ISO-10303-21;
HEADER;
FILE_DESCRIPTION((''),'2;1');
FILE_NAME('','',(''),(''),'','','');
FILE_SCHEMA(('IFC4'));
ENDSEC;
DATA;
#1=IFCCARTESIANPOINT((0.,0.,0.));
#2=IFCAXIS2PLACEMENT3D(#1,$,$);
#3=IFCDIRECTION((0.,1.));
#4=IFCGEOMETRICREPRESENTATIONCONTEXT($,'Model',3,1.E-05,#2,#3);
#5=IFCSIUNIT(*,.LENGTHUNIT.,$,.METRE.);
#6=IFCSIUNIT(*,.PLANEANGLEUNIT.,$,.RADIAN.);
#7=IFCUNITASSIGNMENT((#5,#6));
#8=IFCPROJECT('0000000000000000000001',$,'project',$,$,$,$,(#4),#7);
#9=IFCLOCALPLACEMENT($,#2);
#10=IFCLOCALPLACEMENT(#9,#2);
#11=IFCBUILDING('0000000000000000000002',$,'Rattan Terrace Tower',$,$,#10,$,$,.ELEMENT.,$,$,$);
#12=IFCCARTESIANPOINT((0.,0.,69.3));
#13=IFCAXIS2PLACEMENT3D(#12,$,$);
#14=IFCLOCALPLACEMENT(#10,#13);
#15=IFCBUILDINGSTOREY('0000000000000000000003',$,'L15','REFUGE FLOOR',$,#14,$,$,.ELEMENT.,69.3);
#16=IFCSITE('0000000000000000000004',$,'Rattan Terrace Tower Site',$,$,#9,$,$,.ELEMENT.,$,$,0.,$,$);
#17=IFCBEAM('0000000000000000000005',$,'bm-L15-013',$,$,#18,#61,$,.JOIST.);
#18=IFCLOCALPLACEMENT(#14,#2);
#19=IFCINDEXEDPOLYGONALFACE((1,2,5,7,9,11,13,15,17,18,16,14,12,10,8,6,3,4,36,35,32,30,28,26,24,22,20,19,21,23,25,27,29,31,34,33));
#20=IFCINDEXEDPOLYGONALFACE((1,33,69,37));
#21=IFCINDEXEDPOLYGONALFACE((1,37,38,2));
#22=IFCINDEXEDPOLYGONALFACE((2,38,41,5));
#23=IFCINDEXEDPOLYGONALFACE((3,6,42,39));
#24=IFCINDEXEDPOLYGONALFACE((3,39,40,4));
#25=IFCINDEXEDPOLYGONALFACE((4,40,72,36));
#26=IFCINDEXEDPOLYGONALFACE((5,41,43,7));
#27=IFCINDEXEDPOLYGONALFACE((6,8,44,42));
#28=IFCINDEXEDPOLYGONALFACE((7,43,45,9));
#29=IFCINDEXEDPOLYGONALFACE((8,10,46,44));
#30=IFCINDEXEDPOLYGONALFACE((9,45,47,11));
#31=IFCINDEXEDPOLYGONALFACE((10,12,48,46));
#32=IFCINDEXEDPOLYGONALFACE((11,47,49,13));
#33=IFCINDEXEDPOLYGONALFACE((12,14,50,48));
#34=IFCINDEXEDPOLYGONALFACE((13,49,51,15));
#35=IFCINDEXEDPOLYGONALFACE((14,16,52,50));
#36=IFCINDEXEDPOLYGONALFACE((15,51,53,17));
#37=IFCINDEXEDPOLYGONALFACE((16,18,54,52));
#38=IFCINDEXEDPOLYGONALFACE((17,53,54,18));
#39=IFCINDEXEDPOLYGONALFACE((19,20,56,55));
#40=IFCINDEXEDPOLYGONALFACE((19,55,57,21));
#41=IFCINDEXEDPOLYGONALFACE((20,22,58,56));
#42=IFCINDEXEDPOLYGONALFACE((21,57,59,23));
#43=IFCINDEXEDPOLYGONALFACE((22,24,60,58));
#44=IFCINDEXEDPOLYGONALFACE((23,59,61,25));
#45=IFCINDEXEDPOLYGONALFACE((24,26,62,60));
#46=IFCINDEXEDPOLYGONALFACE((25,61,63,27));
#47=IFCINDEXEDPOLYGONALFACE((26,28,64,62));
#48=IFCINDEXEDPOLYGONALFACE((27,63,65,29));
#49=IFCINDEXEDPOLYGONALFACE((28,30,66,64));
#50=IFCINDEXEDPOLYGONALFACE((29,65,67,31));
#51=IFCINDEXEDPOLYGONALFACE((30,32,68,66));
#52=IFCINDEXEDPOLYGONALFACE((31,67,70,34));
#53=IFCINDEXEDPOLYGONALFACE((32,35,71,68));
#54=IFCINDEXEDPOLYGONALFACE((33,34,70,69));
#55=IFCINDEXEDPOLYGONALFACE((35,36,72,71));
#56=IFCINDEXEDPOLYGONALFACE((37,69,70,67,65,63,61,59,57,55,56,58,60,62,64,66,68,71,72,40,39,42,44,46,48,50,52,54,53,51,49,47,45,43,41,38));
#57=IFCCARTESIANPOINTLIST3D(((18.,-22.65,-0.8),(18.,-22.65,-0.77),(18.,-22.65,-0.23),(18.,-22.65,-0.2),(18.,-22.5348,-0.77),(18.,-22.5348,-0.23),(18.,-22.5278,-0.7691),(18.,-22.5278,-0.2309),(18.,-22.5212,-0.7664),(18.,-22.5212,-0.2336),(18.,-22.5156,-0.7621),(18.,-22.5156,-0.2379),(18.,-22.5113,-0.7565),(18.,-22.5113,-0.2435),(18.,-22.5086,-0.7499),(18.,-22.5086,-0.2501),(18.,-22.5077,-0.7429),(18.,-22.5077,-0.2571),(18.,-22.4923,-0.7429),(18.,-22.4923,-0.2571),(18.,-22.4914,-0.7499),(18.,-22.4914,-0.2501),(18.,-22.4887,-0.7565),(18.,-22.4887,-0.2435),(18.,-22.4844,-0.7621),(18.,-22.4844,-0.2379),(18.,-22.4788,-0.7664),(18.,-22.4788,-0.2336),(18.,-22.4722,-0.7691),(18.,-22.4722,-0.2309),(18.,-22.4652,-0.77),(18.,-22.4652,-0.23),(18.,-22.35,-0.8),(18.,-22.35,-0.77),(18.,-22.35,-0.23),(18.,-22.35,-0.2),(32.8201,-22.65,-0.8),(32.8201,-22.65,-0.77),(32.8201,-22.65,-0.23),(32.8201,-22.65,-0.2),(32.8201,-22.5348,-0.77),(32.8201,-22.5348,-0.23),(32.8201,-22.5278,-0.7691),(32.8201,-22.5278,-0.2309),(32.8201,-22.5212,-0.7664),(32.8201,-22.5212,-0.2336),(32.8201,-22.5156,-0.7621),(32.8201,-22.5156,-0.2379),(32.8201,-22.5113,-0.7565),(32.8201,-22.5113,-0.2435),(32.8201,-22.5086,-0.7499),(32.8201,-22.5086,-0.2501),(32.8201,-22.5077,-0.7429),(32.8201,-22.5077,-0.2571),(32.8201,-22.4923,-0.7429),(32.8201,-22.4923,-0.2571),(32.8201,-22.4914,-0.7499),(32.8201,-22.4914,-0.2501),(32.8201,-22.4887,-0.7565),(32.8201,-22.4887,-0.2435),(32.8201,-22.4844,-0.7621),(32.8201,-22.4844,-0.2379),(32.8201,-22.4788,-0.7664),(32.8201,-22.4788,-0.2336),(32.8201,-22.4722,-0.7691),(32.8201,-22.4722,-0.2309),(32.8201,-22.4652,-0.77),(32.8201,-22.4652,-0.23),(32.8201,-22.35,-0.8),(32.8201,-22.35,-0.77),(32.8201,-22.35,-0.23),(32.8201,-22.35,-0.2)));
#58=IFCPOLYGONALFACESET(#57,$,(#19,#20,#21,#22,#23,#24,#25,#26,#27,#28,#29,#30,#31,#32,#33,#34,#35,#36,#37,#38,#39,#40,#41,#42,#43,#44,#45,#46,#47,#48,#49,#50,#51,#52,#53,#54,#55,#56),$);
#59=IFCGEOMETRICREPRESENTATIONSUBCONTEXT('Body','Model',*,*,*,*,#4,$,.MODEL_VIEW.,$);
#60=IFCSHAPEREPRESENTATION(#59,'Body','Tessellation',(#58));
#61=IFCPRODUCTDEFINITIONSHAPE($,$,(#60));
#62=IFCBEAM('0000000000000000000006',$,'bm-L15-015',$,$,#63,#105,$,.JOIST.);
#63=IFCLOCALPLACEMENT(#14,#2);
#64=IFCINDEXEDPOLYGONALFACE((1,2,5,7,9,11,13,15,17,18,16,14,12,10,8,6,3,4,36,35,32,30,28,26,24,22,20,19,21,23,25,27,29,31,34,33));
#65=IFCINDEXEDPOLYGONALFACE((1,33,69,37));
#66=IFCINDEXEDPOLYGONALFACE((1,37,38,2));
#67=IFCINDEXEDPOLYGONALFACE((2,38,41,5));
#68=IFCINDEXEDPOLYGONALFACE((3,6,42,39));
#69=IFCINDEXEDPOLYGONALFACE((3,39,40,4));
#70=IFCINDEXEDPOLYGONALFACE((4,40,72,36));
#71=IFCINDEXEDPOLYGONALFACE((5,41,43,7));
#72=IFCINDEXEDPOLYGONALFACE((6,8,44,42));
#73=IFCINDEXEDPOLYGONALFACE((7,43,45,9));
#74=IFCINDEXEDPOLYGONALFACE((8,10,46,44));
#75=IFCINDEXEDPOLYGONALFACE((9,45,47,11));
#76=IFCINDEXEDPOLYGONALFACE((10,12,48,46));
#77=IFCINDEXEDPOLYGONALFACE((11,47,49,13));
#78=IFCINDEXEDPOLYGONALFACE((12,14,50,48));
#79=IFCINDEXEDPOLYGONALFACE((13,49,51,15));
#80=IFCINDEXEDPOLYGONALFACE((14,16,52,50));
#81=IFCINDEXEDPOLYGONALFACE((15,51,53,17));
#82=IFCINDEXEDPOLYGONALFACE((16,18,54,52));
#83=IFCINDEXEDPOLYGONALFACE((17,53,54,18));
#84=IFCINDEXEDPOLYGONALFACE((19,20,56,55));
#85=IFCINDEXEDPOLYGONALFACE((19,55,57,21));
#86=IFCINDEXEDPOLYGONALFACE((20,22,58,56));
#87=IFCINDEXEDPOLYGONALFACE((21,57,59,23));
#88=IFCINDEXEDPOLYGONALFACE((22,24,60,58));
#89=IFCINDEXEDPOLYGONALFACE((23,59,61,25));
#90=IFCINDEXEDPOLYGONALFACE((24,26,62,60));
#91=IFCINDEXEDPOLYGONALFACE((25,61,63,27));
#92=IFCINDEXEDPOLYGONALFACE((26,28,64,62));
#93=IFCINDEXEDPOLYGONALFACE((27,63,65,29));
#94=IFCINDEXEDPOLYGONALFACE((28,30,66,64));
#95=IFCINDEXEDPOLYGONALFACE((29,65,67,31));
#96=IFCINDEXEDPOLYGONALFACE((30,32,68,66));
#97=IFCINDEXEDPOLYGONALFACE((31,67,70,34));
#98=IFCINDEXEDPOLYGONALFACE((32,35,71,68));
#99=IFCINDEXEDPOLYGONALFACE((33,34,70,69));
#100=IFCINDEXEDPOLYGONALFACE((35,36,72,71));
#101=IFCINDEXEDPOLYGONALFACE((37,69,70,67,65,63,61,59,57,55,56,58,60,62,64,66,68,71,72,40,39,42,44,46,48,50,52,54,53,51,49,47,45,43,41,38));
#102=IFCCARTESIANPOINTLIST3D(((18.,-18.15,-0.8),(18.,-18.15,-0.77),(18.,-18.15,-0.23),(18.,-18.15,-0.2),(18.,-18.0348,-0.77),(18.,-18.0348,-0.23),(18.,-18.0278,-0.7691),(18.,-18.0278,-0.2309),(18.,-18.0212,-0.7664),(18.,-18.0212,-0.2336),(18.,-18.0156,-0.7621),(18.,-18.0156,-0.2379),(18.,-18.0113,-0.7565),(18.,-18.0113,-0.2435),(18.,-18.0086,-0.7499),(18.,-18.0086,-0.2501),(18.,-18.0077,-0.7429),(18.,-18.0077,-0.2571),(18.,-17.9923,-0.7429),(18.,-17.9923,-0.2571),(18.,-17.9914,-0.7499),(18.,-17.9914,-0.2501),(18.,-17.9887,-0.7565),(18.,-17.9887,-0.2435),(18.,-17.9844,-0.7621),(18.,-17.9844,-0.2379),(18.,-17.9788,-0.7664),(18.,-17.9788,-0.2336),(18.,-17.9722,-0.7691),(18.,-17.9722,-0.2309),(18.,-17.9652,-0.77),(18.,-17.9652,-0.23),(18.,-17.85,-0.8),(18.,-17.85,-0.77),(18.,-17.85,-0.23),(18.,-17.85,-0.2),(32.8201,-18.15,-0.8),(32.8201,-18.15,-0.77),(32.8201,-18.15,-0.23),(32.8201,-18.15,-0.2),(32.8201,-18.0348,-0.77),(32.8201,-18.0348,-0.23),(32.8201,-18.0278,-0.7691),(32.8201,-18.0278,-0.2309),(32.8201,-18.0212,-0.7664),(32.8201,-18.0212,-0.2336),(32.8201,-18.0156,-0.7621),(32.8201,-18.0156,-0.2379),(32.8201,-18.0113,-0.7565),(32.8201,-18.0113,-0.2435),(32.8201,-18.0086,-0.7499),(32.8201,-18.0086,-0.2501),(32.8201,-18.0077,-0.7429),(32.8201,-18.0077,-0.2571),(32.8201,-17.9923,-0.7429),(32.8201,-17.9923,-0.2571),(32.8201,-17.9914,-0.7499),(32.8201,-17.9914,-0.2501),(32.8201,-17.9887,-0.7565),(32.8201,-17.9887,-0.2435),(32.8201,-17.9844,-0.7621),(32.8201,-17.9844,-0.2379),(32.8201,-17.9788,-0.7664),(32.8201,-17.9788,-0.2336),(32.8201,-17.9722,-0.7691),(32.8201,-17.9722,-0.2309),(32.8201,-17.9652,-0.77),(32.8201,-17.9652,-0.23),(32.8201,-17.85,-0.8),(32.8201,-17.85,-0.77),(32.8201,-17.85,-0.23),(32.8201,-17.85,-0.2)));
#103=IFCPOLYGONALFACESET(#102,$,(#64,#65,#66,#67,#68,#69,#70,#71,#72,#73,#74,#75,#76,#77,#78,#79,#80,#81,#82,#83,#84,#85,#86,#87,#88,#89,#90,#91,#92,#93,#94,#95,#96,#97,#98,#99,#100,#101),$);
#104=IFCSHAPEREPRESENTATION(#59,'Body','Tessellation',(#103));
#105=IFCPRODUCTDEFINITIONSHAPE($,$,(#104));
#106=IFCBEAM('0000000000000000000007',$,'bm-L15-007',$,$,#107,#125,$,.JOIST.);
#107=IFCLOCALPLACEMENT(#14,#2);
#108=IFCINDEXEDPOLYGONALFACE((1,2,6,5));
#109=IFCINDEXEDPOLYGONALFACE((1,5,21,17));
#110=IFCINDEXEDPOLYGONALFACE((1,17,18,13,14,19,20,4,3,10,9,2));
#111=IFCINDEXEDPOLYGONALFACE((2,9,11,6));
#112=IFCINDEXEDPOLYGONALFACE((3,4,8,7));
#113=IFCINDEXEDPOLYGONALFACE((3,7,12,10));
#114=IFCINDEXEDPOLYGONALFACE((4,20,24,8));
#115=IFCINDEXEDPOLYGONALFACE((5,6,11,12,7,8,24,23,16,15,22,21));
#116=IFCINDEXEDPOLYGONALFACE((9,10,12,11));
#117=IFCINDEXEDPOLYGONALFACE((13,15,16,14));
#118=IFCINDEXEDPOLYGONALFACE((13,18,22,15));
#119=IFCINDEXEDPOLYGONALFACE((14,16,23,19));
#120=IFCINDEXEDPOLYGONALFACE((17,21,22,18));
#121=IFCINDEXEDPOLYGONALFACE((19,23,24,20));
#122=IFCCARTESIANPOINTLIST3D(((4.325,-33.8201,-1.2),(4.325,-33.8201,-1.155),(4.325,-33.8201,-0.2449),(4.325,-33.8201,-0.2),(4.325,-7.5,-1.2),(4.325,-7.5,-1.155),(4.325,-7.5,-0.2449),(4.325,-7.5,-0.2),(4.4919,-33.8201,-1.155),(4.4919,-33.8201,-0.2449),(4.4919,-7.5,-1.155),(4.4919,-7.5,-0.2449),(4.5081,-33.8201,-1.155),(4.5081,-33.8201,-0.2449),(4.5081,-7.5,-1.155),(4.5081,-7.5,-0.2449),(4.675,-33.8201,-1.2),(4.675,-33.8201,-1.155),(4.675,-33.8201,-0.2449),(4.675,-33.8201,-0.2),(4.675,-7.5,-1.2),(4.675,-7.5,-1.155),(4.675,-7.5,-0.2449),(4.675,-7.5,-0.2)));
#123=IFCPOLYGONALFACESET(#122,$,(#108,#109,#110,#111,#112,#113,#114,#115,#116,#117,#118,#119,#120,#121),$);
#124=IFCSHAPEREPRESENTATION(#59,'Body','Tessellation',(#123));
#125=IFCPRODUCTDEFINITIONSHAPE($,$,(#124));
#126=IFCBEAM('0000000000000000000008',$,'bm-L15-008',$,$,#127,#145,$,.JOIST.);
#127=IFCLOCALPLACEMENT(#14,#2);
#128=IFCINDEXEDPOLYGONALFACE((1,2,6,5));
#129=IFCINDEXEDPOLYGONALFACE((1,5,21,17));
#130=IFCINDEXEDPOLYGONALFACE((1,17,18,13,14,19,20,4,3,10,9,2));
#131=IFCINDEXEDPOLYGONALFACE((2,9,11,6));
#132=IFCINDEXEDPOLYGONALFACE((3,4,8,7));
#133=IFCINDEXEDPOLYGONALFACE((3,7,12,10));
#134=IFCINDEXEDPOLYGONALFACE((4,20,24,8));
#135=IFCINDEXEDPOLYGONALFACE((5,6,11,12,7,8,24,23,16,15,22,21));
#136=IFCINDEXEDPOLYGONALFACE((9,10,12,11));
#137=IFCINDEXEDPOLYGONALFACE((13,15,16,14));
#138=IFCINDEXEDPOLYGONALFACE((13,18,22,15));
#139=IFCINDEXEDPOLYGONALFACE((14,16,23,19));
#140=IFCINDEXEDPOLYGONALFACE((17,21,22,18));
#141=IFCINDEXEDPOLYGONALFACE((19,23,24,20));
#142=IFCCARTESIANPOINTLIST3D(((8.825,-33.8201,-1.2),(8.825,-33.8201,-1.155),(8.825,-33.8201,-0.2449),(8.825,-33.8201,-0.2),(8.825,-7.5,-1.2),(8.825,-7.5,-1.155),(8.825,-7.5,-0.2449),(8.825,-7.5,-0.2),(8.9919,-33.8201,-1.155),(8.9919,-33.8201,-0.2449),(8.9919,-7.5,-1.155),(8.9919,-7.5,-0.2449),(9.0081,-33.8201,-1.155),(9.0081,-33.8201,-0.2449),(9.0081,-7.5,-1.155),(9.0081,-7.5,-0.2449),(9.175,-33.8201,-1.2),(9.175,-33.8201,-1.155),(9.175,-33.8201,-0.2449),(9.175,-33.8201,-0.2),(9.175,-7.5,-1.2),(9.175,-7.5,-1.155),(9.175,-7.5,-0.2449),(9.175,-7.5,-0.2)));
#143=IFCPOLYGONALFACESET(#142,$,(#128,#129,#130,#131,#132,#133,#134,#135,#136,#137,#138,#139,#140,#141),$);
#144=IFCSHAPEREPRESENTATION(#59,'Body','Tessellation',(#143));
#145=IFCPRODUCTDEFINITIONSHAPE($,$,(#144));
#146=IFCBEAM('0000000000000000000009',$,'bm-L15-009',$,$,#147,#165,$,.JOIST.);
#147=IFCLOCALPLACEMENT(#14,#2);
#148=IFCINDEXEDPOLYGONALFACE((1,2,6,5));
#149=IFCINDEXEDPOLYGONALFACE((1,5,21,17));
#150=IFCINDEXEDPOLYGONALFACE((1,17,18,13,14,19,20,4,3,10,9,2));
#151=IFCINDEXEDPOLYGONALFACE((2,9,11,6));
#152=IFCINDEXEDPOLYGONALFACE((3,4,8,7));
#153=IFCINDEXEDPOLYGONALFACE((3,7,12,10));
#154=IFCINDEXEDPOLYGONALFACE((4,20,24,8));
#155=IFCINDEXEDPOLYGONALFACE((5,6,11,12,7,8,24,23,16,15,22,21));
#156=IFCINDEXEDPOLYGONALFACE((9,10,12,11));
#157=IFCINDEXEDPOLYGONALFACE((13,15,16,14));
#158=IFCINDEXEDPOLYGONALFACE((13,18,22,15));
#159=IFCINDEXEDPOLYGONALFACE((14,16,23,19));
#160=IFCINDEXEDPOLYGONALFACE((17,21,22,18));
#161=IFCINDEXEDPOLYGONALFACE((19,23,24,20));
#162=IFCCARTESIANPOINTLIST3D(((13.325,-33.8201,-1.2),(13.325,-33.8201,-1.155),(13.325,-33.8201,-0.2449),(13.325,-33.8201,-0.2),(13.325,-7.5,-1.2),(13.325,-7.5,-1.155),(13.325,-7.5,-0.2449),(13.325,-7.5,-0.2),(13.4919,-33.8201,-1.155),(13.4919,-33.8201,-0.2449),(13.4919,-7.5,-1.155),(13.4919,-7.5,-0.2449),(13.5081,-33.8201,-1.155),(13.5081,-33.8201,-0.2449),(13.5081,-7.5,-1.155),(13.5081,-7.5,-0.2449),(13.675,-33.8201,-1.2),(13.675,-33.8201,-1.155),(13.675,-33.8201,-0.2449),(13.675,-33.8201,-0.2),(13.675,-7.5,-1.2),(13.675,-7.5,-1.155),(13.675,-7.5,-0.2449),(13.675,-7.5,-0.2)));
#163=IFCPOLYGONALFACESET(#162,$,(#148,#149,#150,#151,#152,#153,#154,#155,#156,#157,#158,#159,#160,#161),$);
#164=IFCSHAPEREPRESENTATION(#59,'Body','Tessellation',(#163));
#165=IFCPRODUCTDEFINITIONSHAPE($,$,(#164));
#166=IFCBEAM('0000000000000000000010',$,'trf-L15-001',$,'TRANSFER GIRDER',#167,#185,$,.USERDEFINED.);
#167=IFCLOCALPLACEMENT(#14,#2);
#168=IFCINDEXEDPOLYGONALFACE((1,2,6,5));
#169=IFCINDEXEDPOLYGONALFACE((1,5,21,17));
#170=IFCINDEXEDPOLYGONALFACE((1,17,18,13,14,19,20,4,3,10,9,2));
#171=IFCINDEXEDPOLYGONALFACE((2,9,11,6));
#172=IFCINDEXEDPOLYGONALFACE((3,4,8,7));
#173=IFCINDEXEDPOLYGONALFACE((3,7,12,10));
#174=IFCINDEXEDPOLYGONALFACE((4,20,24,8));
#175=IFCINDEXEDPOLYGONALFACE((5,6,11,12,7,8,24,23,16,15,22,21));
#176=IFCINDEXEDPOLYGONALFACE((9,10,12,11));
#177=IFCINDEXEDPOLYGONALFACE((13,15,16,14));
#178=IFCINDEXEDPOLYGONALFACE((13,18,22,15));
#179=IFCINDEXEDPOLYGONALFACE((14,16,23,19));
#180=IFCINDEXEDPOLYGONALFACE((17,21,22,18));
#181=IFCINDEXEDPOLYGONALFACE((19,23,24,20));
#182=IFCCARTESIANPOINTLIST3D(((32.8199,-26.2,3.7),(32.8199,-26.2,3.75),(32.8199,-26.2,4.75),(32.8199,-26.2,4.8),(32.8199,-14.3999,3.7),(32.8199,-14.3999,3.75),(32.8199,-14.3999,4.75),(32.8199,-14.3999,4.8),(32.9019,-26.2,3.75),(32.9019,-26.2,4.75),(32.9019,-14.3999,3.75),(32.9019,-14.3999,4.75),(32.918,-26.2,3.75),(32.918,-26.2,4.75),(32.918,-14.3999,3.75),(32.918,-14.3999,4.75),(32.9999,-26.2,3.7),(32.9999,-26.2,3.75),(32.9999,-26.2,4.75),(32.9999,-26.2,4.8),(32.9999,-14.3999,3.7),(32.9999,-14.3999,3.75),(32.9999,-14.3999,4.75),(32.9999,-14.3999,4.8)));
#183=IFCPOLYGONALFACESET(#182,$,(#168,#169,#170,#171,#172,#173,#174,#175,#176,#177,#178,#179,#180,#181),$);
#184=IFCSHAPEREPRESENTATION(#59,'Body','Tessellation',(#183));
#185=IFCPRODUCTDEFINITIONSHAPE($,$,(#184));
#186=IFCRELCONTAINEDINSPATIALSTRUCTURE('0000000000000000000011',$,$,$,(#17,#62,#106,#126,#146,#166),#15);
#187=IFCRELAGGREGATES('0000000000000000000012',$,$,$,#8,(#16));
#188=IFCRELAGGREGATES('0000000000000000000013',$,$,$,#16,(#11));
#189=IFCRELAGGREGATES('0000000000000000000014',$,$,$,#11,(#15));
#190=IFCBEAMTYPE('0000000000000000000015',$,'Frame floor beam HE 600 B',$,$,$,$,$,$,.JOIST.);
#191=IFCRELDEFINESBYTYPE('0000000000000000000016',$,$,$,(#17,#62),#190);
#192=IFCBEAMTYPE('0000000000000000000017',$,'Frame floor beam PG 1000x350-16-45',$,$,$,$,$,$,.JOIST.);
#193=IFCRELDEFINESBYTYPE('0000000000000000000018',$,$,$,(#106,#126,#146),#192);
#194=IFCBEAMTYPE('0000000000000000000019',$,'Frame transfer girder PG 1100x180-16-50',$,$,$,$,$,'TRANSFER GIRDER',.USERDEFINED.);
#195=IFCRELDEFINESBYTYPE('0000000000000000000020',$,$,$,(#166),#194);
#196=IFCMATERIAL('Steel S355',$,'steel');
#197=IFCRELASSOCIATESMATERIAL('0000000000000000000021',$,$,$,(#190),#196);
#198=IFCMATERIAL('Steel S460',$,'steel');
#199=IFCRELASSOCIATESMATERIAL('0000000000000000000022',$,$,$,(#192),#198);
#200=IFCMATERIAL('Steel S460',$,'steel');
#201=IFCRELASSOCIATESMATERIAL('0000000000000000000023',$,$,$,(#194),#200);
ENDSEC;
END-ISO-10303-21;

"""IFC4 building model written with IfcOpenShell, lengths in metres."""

from ifc_helpers import new_model, si_unit, direction, frame, origin, origin_2d, place, context, subcontext, project, spatial, i_section, extrude, material, material_profile, profile_set, type_object, element, save


model = new_model("IFC4")

# Units and contexts
model_context = context("Model", 3, precision=1e-05, world=origin(), true_north=direction((0.0, 1.0)))
body_context = subcontext(model_context, "Body", "Model", "MODEL_VIEW")
ifc_project = project(units=[si_unit("LENGTHUNIT", "METRE"), si_unit("PLANEANGLEUNIT", "RADIAN")], contexts=[model_context])

# Site, building, storey
site_placement = place(None, origin())
site = spatial("IfcSite", under=ifc_project, at=site_placement, Name="Rattan Terrace Tower Site", CompositionType="ELEMENT", RefElevation=0.0)
building_placement = place(site_placement, origin())
building = spatial("IfcBuilding", under=site, at=building_placement, Name="Rattan Terrace Tower", CompositionType="ELEMENT")
storey_placement = place(building_placement, frame((0.0, 0.0, 69.3)))
storey = spatial("IfcBuildingStorey", under=building, at=storey_placement, Name="L15", Description="REFUGE FLOOR", CompositionType="ELEMENT", Elevation=69.3)

# Beams
ifc_material_1 = material(Name="Steel S355", Category="steel")
ifc_material_profile_1 = material_profile(ifc_material_1, i_section(OverallWidth=0.3, OverallDepth=0.6001, WebThickness=0.0154, FlangeThickness=0.03, FilletRadius=0.0271, at=origin_2d()), Name="HE 600 B")
ifc_profile_set_1 = profile_set([ifc_material_profile_1], Name="Steel S355")
beam_type_1 = type_object("IfcBeamType", Name="Frame floor beam HE 600 B", PredefinedType="JOIST", material=ifc_profile_set_1)
for number, where, z_axis, x_axis, name in (
    (1, (18.0, -22.5, -0.5), (1.0, 0.0, 0.0), (0.0, 1.0, 0.0), "bm-L15-013"),
    (2, (18.0, -18.0, -0.5), (1.0, 0.0, 0.0), (0.0, 1.0, 0.0), "bm-L15-015"),
):
    element("IfcBeam", number, at=place(storey_placement, frame(where, z_axis=z_axis, x_axis=x_axis)), inside=storey, type_object=beam_type_1, Name=name, PredefinedType="JOIST", context=body_context, shape_type="SweptSolid", body=[
        extrude(i_section(OverallWidth=0.3, OverallDepth=0.6001, WebThickness=0.0154, FlangeThickness=0.03, FilletRadius=0.0271, at=origin_2d()), origin(), (0.0, 0.0, 1.0), 14.8201),
    ])
ifc_material_2 = material(Name="Steel S460", Category="steel")
ifc_material_profile_2 = material_profile(ifc_material_2, i_section(OverallWidth=0.3501, OverallDepth=1.0, WebThickness=0.0161, FlangeThickness=0.0449, at=origin_2d()), Name="PG 1000x350-16-45")
ifc_profile_set_2 = profile_set([ifc_material_profile_2], Name="Steel S460")
beam_type_2 = type_object("IfcBeamType", Name="Frame floor beam PG 1000x350-16-45", PredefinedType="JOIST", material=ifc_profile_set_2)
for number, where, z_axis, x_axis, name in (
    (3, (4.5, -33.8201, -0.7), (0.0, 1.0, 0.0), (-1.0, 0.0, 0.0), "bm-L15-007"),
    (4, (9.0, -33.8201, -0.7), (0.0, 1.0, 0.0), (-1.0, 0.0, 0.0), "bm-L15-008"),
    (5, (13.5, -33.8201, -0.7), (0.0, 1.0, 0.0), (-1.0, 0.0, 0.0), "bm-L15-009"),
):
    element("IfcBeam", number, at=place(storey_placement, frame(where, z_axis=z_axis, x_axis=x_axis)), inside=storey, type_object=beam_type_2, Name=name, PredefinedType="JOIST", context=body_context, shape_type="SweptSolid", body=[
        extrude(i_section(OverallWidth=0.3501, OverallDepth=1.0, WebThickness=0.0161, FlangeThickness=0.0449, at=origin_2d()), origin(), (0.0, 0.0, 1.0), 26.3201),
    ])
ifc_material_3 = material(Name="Steel S460", Category="steel")
ifc_material_profile_3 = material_profile(ifc_material_3, i_section(OverallWidth=0.1799, OverallDepth=1.1001, WebThickness=0.0161, FlangeThickness=0.05, at=origin_2d()), Name="PG 1100x180-16-50")
ifc_profile_set_3 = profile_set([ifc_material_profile_3], Name="Steel S460")
beam_type_3 = type_object("IfcBeamType", Name="Frame transfer girder PG 1100x180-16-50", ElementType="TRANSFER GIRDER", PredefinedType="USERDEFINED", material=ifc_profile_set_3)
beam_1_placement = place(storey_placement, frame((32.9099, -26.2, 4.25), z_axis=(0.0, 1.0, 0.0), x_axis=(-1.0, 0.0, 0.0)))
element("IfcBeam", 6, at=beam_1_placement, inside=storey, type_object=beam_type_3, Name="trf-L15-001", ObjectType="TRANSFER GIRDER", PredefinedType="USERDEFINED", context=body_context, shape_type="SweptSolid", body=[
    extrude(i_section(OverallWidth=0.1799, OverallDepth=1.1001, WebThickness=0.0161, FlangeThickness=0.05, at=origin_2d()), origin(), (0.0, 0.0, 1.0), 11.8),
])

save(model, "model.ifc")
